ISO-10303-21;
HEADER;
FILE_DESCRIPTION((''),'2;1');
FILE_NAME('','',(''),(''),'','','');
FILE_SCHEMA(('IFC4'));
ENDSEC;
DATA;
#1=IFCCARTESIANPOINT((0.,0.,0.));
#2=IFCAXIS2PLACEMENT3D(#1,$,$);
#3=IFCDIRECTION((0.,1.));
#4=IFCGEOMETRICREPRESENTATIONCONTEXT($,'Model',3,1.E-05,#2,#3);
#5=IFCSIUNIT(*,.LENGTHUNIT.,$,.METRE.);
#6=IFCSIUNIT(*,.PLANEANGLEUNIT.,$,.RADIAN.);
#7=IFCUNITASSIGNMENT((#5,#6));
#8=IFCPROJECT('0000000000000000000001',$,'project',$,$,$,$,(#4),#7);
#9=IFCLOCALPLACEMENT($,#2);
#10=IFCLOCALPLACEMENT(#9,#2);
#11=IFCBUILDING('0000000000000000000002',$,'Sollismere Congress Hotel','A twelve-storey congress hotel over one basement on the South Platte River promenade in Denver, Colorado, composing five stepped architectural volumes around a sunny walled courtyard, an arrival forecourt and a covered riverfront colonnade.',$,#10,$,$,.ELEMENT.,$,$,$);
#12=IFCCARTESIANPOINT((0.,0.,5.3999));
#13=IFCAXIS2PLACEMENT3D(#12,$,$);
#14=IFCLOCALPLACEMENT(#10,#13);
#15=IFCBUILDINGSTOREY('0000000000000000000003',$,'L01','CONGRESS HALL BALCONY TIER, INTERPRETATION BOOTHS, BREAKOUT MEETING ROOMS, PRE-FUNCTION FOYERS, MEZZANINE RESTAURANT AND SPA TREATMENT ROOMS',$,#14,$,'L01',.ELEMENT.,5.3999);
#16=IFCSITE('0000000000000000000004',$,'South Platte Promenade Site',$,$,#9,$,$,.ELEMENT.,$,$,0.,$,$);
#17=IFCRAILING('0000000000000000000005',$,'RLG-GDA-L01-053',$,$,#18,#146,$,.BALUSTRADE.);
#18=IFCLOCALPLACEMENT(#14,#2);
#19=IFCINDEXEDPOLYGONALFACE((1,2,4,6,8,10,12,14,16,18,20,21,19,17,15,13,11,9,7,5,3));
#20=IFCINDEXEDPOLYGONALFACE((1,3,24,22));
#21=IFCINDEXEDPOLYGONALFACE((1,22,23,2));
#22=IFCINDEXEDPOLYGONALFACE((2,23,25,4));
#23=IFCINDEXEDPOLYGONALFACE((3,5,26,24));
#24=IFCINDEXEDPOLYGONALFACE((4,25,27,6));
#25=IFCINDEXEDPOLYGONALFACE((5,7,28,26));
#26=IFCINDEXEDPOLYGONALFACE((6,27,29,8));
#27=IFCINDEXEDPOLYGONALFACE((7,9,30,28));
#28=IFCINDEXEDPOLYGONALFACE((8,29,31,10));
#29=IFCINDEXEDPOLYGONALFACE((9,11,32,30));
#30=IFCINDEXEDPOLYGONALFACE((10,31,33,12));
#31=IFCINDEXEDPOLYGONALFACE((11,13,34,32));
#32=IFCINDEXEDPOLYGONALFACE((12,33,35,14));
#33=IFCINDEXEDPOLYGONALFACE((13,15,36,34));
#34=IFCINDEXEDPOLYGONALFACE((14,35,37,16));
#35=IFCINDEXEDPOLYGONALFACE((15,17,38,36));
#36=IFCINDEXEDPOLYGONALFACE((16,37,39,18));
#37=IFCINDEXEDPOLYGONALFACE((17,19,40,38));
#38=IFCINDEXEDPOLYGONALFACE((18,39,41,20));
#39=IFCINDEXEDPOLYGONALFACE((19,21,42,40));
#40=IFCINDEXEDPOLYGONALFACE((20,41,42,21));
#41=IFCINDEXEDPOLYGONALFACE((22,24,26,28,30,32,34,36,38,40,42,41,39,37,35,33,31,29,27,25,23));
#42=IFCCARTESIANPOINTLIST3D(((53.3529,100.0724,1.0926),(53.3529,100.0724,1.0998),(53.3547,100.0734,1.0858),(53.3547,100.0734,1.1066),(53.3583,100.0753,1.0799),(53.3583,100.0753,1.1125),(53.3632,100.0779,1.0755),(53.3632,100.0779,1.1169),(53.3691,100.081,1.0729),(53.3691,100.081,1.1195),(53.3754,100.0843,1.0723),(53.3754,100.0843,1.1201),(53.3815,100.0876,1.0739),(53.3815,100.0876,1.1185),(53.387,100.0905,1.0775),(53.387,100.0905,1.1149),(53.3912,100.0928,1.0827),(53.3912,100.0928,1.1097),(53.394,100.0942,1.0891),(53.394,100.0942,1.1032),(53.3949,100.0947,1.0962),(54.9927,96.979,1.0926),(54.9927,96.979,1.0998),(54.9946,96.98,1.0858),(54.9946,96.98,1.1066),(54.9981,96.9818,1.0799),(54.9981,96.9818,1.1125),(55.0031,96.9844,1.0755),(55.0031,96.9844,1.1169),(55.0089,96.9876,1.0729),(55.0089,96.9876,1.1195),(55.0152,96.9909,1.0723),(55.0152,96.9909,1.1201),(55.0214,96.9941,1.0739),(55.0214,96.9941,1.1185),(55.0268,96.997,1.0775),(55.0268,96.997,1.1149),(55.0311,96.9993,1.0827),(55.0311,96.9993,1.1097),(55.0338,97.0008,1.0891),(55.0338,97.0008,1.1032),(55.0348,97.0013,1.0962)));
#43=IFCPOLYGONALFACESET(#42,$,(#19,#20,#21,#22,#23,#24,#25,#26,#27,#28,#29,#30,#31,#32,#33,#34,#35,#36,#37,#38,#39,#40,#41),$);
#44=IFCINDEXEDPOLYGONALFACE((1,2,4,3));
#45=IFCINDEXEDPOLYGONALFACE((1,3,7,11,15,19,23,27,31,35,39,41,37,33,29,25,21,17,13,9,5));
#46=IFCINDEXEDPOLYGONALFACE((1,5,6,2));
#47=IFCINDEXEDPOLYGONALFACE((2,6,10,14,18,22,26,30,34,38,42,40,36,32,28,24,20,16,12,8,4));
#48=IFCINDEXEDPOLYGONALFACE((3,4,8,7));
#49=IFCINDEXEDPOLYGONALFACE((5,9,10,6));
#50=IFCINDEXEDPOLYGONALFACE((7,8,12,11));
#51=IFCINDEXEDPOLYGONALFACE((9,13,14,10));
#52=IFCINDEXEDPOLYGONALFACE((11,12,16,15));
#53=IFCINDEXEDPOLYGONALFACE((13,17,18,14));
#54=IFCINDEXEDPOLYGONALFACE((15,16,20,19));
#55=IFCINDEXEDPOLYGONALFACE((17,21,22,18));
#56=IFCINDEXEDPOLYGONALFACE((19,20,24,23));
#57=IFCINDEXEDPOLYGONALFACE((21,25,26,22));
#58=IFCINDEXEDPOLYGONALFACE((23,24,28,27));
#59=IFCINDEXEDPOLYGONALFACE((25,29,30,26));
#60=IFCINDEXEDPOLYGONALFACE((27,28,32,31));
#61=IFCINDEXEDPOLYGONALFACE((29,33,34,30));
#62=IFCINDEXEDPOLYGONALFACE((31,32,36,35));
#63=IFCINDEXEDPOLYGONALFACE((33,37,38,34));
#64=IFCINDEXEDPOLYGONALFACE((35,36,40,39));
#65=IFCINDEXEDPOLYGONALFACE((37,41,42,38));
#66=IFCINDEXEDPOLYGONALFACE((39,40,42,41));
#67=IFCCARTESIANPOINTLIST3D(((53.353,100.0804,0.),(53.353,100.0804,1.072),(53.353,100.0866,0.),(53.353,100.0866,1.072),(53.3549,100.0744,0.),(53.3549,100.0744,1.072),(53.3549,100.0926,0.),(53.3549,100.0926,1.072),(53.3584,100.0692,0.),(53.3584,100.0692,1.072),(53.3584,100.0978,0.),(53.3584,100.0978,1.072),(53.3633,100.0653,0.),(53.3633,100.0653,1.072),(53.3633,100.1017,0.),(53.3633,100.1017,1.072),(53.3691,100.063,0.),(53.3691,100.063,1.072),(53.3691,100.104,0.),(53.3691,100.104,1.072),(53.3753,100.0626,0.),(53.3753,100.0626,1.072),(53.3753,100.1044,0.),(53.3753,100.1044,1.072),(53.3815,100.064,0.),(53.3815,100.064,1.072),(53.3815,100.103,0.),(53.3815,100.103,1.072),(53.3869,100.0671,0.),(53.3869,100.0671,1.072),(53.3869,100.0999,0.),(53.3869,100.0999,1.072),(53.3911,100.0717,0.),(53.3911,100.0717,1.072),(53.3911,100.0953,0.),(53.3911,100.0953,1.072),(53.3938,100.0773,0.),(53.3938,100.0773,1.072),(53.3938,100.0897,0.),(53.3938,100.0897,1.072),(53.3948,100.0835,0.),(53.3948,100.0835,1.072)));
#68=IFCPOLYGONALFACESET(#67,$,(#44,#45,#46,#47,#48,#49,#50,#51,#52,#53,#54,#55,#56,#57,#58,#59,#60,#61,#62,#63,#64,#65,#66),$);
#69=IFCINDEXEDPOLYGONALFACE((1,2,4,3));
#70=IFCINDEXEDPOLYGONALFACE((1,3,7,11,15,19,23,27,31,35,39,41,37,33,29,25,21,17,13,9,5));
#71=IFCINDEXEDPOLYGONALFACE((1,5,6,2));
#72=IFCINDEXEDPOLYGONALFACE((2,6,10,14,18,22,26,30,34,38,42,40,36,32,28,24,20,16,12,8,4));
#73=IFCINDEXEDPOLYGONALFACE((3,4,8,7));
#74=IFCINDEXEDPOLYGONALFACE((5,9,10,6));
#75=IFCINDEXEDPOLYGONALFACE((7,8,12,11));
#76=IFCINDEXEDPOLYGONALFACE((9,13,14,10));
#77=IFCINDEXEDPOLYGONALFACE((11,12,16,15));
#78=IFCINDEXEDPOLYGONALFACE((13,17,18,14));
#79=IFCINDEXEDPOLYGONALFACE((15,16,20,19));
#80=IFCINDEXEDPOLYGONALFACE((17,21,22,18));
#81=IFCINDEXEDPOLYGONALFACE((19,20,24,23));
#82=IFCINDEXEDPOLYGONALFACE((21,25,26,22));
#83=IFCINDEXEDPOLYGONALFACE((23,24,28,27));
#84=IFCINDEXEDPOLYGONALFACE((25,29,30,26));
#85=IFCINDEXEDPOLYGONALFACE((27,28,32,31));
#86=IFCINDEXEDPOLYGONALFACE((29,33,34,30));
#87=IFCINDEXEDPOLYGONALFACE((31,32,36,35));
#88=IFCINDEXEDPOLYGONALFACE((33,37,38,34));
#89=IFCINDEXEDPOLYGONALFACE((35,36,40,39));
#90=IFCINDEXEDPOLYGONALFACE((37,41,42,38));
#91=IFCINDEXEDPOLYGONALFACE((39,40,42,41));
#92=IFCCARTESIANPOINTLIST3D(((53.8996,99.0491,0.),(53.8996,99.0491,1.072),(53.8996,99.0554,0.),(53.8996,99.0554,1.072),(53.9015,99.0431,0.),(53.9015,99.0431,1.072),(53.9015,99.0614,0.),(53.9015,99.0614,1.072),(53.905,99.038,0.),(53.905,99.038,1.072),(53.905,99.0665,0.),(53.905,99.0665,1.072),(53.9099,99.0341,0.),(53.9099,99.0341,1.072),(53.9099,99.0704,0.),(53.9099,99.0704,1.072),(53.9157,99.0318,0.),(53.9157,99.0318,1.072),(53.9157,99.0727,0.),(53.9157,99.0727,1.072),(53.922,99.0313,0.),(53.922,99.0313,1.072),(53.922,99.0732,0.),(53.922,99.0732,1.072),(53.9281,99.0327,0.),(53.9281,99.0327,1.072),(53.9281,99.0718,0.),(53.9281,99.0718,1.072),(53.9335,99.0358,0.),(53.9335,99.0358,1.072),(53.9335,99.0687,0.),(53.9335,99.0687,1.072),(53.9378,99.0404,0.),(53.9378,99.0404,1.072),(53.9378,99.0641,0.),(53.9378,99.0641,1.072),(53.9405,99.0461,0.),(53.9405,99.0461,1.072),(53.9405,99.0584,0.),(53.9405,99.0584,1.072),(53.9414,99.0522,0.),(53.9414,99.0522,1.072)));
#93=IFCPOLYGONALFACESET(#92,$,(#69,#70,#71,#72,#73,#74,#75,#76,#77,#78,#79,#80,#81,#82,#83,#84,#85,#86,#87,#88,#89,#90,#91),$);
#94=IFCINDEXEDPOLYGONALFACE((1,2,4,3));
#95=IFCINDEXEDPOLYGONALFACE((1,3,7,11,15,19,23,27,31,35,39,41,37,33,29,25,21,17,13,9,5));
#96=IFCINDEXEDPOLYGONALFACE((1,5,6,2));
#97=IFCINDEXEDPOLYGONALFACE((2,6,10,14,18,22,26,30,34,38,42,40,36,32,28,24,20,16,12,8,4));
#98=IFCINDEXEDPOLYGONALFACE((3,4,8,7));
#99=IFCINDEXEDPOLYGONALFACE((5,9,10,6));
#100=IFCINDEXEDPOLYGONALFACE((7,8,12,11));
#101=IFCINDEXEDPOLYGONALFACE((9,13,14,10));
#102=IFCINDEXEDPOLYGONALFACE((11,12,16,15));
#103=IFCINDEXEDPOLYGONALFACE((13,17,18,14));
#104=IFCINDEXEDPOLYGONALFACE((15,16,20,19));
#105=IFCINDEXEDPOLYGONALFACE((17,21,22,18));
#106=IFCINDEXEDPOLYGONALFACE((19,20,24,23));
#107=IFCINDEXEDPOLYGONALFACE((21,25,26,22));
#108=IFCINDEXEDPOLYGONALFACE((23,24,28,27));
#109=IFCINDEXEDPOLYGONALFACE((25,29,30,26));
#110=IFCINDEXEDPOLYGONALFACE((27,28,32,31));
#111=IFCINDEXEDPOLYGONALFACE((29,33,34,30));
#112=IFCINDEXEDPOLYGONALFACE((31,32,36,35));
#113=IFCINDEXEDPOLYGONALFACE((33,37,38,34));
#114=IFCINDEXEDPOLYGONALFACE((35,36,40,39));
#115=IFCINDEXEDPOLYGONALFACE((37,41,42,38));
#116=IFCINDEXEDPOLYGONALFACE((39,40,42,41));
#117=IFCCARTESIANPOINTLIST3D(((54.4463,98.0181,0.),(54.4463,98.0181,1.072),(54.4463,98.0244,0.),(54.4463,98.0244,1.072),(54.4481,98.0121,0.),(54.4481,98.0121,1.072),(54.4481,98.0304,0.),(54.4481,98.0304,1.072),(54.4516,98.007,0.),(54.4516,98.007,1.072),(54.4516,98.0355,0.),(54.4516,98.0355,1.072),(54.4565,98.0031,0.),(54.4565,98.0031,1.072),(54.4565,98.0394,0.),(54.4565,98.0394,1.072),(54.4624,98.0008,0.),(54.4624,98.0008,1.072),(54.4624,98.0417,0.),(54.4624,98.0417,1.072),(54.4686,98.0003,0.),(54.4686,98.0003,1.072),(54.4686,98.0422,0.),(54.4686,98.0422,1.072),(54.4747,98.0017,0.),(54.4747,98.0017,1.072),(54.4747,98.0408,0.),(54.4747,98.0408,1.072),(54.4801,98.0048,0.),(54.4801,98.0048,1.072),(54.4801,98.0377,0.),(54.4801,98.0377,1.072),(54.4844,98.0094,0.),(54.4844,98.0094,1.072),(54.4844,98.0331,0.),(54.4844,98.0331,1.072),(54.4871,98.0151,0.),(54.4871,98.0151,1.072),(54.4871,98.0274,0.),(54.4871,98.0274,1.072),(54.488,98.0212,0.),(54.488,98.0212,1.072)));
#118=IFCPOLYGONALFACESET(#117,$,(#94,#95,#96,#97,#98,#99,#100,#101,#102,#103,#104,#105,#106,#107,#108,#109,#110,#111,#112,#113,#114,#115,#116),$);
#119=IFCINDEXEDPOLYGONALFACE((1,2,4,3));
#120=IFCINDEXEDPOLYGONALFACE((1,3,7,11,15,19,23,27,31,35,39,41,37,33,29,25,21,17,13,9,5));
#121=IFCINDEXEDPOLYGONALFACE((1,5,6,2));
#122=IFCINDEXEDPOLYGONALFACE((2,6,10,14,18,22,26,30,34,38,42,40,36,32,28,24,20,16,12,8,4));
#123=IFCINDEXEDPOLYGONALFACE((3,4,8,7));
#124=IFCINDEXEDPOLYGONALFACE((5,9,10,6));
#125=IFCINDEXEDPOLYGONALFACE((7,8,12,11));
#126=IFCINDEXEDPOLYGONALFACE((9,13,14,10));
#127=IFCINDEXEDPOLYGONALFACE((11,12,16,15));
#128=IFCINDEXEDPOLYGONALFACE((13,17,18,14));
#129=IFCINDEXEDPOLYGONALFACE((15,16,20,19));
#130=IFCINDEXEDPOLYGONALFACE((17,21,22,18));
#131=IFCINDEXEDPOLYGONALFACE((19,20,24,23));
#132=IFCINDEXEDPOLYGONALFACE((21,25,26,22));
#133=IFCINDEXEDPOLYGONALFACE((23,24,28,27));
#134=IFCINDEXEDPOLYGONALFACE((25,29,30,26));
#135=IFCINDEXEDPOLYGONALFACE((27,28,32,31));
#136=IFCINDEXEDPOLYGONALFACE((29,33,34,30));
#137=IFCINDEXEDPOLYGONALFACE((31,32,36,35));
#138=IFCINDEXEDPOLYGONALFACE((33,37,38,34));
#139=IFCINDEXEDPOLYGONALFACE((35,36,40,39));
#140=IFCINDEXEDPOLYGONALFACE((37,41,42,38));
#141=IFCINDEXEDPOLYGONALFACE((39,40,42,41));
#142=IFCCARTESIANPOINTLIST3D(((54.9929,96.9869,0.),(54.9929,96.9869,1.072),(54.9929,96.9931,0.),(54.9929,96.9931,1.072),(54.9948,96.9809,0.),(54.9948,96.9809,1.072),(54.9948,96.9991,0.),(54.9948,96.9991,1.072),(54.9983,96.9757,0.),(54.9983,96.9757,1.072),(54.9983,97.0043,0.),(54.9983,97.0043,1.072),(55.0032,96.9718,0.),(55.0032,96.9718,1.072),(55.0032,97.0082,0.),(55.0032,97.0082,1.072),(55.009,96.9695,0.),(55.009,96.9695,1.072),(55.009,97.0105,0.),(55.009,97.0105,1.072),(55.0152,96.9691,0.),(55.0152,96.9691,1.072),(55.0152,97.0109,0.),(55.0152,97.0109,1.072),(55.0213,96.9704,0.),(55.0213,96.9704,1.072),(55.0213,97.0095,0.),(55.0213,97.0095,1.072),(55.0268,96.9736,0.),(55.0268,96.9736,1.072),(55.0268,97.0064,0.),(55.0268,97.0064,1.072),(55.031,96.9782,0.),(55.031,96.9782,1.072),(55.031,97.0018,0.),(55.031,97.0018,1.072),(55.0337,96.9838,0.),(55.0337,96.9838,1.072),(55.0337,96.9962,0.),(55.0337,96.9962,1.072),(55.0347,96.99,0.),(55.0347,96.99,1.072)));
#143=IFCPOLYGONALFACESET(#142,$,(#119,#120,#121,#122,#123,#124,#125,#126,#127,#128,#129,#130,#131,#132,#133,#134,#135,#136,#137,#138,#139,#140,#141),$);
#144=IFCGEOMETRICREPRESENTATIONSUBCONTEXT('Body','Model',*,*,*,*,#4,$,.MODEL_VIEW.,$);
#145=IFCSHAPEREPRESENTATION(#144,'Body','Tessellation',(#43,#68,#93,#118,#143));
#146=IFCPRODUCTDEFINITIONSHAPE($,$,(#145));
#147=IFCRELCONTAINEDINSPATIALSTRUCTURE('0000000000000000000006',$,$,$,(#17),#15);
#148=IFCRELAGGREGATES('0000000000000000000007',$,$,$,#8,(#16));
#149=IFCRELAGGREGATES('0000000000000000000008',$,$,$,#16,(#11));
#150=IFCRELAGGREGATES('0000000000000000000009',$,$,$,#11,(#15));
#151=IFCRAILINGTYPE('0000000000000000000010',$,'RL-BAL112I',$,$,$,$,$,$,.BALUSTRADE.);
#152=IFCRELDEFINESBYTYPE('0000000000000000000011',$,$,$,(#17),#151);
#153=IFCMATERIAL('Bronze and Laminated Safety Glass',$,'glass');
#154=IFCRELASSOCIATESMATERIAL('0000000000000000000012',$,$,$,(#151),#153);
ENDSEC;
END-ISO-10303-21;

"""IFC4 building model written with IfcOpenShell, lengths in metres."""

from ifc_helpers import new_model, si_unit, direction, frame, origin, origin_2d, place, context, subcontext, project, spatial, circle, extrude, material, type_object, element, save


model = new_model("IFC4")

# Units and contexts
model_context = context("Model", 3, precision=1e-05, world=origin(), true_north=direction((0.0, 1.0)))
body_context = subcontext(model_context, "Body", "Model", "MODEL_VIEW")
ifc_project = project(units=[si_unit("LENGTHUNIT", "METRE"), si_unit("PLANEANGLEUNIT", "RADIAN")], contexts=[model_context])

# Site, building, storey
site_placement = place(None, origin())
site = spatial("IfcSite", under=ifc_project, at=site_placement, Name="South Platte Promenade Site", CompositionType="ELEMENT", RefElevation=0.0)
building_placement = place(site_placement, origin())
building = spatial("IfcBuilding", under=site, at=building_placement, Name="Sollismere Congress Hotel", Description="A twelve-storey congress hotel over one basement on the South Platte River promenade in Denver, Colorado, composing five stepped architectural volumes around a sunny walled courtyard, an arrival forecourt and a covered riverfront colonnade.", CompositionType="ELEMENT")
storey_placement = place(building_placement, frame((0.0, 0.0, 5.3999)))
storey = spatial("IfcBuildingStorey", under=building, at=storey_placement, Name="L01", Description="CONGRESS HALL BALCONY TIER, INTERPRETATION BOOTHS, BREAKOUT MEETING ROOMS, PRE-FUNCTION FOYERS, MEZZANINE RESTAURANT AND SPA TREATMENT ROOMS", LongName="L01", CompositionType="ELEMENT", Elevation=5.3999)

# Railing
ifc_material_1 = material(Name="Bronze and Laminated Safety Glass", Category="glass")
railing_type_1 = type_object("IfcRailingType", Name="RL-BAL112I", PredefinedType="BALUSTRADE", material=ifc_material_1)
railing_1_placement = place(storey_placement, frame((53.3738, 100.0835, 0.0)))
element("IfcRailing", 1, at=railing_1_placement, inside=storey, type_object=railing_type_1, Name="RLG-GDA-L01-053", PredefinedType="BALUSTRADE", context=body_context, shape_type="SweptSolid", body=[
    extrude(circle(Radius=0.0239, at=origin_2d()), frame((0.0, 0.0, 1.0962), z_axis=(0.468368, -0.883533, 0.0), x_axis=(0.883533, 0.468368, 0.0)), (0.0, 0.0, 1.0), 3.5012),
    extrude(circle(Radius=0.021, at=origin_2d()), origin(), (0.0, 0.0, 1.0), 1.072),
    extrude(circle(Radius=0.021, at=origin_2d()), frame((0.5466, -1.0312, 0.0)), (0.0, 0.0, 1.0), 1.072),
    extrude(circle(Radius=0.021, at=origin_2d()), frame((1.0933, -2.0623, 0.0)), (0.0, 0.0, 1.0), 1.072),
    extrude(circle(Radius=0.021, at=origin_2d()), frame((1.6399, -3.0935, 0.0)), (0.0, 0.0, 1.0), 1.072),
])

save(model, "model.ifc")
